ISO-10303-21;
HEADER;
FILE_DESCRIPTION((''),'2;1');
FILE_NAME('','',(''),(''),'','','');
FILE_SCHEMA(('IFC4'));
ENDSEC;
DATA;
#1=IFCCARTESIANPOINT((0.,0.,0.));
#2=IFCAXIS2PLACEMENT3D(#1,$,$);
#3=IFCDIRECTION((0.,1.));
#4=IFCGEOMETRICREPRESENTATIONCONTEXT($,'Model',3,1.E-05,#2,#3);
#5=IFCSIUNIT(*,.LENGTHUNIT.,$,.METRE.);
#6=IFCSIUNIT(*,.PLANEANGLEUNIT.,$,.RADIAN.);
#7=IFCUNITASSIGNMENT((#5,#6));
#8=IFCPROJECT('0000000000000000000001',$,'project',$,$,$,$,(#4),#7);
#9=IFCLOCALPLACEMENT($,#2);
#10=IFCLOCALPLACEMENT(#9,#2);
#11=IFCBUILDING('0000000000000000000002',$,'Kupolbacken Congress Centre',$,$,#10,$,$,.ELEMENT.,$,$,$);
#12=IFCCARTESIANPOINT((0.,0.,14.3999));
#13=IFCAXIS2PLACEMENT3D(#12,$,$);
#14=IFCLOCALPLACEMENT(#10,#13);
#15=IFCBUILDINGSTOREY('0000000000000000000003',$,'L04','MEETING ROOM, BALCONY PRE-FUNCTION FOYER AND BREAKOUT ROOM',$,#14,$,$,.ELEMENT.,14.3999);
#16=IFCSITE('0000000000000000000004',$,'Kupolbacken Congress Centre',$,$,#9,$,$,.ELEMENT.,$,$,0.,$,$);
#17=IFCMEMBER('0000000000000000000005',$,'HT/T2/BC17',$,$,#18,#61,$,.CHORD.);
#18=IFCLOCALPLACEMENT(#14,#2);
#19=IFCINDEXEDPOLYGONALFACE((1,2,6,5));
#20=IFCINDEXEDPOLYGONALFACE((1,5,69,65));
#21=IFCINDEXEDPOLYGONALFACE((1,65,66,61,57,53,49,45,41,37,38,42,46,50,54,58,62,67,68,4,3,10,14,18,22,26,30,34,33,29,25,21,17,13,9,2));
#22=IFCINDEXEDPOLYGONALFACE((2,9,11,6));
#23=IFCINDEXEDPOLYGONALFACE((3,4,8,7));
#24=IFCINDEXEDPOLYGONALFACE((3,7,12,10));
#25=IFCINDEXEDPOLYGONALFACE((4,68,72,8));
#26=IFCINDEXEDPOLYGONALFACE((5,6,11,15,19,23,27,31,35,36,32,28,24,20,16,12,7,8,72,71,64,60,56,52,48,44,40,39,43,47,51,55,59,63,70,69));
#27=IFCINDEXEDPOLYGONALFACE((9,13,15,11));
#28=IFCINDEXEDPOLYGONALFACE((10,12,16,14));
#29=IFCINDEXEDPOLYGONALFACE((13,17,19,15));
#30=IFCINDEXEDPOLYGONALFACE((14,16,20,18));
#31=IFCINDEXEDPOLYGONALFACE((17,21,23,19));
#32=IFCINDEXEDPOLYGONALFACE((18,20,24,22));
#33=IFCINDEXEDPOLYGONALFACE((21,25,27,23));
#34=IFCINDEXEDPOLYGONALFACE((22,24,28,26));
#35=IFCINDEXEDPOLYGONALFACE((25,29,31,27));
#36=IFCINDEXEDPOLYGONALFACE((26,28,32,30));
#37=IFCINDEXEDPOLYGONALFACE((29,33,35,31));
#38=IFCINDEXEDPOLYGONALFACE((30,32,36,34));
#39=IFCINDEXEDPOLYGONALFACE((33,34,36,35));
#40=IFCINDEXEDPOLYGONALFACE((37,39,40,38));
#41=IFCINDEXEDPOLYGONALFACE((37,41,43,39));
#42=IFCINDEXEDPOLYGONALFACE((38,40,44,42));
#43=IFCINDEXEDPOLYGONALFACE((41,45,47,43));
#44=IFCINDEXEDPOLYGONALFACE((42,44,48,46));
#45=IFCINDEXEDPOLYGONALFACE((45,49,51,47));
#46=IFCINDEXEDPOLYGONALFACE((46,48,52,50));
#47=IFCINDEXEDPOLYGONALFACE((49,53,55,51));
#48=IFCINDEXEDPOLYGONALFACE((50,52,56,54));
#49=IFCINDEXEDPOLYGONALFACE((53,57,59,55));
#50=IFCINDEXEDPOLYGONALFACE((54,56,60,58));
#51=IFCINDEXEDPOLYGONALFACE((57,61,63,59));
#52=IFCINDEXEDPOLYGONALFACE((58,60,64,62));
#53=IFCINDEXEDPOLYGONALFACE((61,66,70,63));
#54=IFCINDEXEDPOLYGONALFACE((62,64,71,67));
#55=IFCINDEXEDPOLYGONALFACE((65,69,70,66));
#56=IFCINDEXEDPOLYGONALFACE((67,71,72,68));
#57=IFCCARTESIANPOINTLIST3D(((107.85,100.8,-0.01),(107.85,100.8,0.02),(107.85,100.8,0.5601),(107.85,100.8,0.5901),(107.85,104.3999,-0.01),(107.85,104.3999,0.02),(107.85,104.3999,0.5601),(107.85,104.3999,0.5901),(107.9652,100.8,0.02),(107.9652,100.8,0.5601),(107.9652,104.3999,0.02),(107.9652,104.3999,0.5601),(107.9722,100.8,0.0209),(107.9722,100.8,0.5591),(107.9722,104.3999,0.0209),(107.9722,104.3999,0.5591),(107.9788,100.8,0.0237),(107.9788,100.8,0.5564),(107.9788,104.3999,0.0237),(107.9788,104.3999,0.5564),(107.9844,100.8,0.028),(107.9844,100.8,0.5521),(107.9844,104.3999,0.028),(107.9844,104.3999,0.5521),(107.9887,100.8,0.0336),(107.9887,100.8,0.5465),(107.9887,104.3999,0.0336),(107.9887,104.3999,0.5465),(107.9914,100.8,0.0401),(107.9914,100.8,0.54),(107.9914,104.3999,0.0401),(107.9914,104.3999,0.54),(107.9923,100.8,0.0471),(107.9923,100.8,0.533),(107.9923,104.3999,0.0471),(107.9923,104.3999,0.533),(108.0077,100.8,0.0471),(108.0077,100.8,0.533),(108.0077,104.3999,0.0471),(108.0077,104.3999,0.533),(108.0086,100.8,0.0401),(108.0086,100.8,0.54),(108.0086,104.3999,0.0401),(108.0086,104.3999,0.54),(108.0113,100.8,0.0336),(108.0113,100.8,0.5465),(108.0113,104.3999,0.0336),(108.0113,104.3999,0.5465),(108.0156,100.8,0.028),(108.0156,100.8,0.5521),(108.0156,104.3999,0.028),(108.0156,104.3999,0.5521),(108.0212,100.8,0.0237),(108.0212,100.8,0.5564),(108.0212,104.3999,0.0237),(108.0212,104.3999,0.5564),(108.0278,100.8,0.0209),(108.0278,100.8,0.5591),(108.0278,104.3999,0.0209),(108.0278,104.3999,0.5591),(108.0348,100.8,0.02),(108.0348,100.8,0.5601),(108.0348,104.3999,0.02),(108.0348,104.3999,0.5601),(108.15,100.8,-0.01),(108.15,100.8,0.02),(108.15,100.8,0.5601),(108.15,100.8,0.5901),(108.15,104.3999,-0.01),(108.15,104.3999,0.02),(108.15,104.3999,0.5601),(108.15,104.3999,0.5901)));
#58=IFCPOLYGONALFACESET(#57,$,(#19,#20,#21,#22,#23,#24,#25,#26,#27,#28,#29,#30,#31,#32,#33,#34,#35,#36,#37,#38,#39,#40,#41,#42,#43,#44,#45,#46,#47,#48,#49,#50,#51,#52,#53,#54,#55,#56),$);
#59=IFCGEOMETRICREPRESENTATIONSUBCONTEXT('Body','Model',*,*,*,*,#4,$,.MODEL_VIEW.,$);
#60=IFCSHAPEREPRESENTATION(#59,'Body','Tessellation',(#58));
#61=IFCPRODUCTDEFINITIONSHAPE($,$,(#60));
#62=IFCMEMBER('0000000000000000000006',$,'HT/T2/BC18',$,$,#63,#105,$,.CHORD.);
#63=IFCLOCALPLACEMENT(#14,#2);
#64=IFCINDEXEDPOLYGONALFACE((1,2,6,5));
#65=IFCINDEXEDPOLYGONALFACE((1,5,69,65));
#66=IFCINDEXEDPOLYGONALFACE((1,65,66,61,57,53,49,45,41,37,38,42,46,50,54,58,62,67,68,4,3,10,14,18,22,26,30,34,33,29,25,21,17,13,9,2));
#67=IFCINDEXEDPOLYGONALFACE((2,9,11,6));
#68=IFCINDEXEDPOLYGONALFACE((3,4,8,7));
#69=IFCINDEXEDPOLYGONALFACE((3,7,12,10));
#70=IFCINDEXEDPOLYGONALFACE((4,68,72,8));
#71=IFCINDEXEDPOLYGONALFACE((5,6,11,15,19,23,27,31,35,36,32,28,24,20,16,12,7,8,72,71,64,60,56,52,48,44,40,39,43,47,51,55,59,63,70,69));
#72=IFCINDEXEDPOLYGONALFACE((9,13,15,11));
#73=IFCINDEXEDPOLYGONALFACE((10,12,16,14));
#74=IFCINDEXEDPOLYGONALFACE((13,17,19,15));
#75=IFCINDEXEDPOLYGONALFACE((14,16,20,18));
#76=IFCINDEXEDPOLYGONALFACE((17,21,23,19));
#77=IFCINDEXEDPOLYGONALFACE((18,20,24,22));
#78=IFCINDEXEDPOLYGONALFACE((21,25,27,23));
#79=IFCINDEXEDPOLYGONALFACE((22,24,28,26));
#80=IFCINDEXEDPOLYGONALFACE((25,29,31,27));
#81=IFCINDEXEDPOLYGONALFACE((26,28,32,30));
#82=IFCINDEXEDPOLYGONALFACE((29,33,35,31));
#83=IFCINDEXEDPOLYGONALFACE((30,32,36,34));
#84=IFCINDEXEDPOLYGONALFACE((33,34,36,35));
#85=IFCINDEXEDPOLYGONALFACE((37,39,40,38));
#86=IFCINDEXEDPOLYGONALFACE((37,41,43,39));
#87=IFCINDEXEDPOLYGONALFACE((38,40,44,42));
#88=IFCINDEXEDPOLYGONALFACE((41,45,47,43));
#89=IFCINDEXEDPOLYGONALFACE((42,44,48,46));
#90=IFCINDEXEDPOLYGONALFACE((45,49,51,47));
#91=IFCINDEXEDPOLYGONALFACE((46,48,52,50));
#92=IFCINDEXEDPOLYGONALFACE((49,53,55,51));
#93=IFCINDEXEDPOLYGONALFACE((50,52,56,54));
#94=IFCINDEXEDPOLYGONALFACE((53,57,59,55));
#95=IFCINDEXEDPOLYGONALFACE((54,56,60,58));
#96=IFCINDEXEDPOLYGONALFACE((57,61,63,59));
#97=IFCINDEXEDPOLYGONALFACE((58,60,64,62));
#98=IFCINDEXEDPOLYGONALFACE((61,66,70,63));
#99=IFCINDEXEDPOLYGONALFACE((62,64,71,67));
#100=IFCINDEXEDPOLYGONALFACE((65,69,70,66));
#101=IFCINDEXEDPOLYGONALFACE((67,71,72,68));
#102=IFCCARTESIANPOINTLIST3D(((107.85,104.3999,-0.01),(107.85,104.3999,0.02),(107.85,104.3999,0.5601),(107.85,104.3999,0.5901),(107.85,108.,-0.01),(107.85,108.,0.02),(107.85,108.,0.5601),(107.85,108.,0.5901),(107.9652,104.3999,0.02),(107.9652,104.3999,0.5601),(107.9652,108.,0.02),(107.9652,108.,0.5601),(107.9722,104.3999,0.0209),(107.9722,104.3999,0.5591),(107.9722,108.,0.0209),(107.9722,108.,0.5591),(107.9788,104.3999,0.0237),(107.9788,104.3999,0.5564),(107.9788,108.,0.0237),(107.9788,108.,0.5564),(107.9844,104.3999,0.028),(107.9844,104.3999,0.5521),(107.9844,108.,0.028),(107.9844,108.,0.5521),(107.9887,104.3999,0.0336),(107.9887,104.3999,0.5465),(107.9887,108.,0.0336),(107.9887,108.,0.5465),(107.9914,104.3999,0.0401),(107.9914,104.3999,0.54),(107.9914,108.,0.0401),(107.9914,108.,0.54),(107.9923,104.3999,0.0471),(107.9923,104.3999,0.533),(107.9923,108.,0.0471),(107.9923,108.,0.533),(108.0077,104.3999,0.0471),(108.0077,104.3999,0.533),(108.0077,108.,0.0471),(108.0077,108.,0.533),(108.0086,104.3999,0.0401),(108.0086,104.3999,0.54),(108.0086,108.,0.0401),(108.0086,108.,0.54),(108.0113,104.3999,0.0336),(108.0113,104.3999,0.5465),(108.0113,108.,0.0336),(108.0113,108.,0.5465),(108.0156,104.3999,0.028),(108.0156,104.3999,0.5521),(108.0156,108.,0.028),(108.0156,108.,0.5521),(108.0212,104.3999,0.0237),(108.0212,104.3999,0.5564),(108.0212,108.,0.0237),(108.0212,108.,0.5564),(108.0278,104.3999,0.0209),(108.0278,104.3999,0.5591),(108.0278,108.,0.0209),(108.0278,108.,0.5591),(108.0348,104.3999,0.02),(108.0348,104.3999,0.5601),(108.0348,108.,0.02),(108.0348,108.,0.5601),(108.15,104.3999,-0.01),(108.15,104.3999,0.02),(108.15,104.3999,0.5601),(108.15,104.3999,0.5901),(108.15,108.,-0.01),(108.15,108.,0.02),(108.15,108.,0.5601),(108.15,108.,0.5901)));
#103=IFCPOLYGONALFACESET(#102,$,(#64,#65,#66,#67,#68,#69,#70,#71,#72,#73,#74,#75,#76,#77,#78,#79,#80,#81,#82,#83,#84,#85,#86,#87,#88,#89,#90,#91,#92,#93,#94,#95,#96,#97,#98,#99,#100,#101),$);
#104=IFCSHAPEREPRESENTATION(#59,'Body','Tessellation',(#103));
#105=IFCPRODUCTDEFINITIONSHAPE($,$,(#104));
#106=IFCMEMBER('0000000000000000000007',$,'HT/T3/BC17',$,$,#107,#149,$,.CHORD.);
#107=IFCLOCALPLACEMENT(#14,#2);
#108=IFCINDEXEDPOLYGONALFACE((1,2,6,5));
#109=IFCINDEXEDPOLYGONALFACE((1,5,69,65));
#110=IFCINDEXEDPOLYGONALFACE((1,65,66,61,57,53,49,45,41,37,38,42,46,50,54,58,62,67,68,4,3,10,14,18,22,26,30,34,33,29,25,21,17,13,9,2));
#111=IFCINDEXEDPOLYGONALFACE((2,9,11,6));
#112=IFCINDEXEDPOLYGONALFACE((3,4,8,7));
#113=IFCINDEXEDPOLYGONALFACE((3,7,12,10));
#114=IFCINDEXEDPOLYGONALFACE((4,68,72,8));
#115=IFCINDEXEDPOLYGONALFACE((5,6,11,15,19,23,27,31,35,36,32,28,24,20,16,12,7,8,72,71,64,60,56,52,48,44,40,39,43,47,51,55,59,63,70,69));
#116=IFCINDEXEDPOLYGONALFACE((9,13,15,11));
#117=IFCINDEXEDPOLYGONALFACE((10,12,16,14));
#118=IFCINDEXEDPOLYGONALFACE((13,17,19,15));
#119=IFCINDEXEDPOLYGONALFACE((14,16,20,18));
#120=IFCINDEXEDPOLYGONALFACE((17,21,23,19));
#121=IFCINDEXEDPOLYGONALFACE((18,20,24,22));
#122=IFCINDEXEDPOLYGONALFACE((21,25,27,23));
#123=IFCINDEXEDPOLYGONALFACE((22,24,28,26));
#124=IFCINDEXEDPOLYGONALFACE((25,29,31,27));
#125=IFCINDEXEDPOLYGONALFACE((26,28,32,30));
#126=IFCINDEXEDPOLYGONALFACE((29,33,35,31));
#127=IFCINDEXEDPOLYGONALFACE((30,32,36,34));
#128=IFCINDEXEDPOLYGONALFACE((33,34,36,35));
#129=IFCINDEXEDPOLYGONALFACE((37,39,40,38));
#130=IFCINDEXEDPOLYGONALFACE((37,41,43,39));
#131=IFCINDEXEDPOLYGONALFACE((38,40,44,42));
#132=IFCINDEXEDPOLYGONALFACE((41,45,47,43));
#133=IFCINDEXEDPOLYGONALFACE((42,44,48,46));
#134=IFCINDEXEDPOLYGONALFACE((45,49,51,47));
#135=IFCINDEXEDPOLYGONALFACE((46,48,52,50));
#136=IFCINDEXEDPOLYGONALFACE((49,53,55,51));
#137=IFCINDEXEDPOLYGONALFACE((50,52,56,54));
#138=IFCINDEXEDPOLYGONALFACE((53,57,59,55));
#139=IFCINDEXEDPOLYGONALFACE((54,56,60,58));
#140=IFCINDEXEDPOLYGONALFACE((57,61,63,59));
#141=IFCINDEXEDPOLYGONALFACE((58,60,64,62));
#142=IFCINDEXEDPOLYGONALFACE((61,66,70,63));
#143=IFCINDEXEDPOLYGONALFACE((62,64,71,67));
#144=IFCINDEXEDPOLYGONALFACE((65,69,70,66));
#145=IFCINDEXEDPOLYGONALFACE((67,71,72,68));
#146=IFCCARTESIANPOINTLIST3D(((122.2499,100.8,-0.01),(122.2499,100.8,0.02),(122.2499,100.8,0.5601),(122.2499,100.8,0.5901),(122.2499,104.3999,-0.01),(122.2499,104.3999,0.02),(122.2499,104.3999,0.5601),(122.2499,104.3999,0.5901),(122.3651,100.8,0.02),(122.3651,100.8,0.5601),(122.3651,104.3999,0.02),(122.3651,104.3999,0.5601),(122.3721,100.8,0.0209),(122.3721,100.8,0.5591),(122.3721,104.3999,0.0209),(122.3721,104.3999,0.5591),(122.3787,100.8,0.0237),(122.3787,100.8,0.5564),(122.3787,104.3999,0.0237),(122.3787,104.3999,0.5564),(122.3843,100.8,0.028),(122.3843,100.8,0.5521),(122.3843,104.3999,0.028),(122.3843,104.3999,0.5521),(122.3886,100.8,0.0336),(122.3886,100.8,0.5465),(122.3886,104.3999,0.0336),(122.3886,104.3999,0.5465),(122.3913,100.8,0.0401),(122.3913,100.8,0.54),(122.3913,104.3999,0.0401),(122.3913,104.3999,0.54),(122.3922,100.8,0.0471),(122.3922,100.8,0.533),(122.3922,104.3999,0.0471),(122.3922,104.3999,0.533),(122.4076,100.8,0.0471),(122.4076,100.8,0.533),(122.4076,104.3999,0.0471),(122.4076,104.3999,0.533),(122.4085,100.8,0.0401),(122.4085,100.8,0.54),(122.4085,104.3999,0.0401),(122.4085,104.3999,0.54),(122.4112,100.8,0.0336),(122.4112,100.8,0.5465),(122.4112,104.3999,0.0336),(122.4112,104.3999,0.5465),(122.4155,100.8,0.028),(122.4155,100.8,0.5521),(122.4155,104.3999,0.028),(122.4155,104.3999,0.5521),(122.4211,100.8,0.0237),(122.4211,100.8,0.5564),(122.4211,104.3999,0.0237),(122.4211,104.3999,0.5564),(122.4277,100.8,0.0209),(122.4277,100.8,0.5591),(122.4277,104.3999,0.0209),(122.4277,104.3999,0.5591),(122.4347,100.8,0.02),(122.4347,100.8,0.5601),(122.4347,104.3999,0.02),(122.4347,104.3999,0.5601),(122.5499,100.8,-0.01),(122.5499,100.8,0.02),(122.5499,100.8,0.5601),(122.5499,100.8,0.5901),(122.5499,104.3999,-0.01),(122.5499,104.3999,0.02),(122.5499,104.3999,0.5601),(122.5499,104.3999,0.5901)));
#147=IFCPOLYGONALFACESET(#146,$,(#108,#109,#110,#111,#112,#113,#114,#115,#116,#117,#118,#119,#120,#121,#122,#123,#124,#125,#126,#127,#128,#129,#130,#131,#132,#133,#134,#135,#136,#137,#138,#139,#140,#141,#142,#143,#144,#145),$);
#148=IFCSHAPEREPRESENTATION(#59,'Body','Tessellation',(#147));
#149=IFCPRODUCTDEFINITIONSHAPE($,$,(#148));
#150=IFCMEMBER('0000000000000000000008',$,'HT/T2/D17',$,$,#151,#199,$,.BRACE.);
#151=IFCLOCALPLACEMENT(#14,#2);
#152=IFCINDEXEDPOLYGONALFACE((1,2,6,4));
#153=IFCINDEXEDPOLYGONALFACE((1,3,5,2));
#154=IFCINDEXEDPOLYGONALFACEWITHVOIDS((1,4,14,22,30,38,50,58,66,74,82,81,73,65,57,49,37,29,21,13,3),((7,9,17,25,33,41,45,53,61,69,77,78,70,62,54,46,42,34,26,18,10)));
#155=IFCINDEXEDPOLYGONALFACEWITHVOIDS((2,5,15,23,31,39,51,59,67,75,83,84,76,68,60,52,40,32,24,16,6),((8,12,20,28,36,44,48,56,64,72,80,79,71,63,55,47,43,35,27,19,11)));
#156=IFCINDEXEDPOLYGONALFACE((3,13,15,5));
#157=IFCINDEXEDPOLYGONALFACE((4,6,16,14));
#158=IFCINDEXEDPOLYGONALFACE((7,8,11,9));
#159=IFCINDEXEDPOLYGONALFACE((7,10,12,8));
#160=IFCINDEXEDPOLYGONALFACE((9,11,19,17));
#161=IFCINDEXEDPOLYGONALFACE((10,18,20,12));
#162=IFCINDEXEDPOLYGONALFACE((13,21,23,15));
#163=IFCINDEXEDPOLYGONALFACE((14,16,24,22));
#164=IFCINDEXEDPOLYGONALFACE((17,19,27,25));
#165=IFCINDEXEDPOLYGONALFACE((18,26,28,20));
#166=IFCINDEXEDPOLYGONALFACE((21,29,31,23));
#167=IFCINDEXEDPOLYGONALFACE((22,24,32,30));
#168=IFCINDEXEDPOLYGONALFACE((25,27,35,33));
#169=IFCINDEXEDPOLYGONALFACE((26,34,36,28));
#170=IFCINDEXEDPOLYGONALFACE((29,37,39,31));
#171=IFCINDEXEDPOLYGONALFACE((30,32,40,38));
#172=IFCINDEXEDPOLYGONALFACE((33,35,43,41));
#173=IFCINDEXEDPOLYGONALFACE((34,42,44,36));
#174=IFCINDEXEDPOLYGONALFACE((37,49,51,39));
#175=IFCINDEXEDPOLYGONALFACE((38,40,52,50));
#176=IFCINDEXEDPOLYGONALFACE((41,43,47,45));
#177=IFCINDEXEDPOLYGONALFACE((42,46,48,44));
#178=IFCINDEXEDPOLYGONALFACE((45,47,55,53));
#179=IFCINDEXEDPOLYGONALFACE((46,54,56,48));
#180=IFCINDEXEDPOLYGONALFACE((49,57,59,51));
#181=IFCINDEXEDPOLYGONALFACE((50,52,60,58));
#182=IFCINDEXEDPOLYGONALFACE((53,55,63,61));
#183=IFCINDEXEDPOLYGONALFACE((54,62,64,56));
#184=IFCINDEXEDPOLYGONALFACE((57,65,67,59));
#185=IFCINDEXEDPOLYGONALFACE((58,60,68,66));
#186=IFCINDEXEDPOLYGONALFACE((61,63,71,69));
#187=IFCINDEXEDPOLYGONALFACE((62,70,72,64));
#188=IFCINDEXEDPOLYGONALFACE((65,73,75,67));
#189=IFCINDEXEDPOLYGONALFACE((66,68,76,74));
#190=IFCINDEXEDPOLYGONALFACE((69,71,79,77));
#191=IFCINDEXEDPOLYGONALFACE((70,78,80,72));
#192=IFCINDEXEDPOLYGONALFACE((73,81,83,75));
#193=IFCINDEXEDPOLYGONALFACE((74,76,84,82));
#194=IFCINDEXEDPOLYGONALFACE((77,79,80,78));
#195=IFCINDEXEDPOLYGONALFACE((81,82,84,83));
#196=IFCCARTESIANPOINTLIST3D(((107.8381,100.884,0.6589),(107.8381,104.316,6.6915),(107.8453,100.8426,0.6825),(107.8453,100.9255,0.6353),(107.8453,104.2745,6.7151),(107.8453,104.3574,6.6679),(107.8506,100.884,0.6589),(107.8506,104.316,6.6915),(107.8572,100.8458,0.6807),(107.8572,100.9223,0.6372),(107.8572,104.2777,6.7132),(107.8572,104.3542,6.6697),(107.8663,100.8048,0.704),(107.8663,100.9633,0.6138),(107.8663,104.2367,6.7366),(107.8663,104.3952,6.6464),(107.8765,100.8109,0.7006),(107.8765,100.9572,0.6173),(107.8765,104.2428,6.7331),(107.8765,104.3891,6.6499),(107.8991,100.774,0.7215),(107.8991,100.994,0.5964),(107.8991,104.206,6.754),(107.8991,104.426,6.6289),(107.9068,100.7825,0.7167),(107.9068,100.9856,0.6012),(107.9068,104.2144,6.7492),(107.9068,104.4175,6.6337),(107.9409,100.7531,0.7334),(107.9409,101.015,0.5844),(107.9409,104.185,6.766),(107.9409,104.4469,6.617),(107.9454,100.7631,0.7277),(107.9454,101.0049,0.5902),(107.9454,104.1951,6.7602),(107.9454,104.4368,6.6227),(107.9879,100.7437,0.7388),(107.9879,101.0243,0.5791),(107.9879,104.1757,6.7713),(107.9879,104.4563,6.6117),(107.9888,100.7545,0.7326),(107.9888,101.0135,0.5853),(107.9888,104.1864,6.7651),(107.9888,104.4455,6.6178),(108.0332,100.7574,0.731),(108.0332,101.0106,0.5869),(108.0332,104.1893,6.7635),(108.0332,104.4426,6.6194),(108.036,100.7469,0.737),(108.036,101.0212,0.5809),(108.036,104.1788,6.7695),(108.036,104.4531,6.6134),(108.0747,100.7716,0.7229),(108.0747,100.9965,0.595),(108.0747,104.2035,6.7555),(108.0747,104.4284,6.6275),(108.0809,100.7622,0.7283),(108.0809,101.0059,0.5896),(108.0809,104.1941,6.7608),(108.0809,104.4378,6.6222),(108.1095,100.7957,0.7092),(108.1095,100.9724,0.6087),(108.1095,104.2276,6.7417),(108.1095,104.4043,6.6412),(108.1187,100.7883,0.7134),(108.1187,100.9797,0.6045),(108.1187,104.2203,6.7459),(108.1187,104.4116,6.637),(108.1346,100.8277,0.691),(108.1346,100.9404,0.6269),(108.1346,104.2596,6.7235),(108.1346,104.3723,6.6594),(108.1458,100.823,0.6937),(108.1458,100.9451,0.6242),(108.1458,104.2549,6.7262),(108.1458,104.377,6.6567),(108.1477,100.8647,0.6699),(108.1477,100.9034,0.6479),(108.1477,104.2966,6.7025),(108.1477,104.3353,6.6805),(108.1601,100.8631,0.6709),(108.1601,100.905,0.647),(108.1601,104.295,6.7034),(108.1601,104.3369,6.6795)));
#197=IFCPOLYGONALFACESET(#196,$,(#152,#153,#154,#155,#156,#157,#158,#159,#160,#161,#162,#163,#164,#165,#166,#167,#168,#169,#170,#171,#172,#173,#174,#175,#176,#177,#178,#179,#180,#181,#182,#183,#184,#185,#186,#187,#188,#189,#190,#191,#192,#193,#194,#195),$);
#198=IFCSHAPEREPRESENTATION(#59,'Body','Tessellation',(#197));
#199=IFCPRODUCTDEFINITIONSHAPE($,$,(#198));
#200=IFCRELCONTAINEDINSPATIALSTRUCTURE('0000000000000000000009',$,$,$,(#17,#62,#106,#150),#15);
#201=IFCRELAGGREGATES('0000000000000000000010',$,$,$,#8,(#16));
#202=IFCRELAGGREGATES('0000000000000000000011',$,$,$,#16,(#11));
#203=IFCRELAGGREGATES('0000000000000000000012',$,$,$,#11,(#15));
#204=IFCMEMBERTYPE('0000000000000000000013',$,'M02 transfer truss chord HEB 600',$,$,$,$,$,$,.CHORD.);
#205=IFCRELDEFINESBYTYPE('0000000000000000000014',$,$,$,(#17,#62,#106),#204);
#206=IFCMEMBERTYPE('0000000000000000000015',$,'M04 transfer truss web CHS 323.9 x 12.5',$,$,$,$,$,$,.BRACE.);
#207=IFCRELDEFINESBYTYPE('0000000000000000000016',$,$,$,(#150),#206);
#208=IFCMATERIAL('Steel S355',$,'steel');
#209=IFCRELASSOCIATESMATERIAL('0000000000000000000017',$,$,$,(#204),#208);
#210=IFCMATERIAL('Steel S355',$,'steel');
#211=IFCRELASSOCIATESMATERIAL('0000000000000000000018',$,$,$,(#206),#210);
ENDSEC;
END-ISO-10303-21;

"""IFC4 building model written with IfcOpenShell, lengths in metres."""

from ifc_helpers import new_model, si_unit, direction, frame, origin, origin_2d, place, context, subcontext, project, spatial, hollow_circle, i_section, extrude, material, material_profile, profile_set, type_object, element, save


model = new_model("IFC4")

# Units and contexts
model_context = context("Model", 3, precision=1e-05, world=origin(), true_north=direction((0.0, 1.0)))
body_context = subcontext(model_context, "Body", "Model", "MODEL_VIEW")
ifc_project = project(units=[si_unit("LENGTHUNIT", "METRE"), si_unit("PLANEANGLEUNIT", "RADIAN")], contexts=[model_context])

# Site, building, storey
site_placement = place(None, origin())
site = spatial("IfcSite", under=ifc_project, at=site_placement, Name="Kupolbacken Congress Centre", CompositionType="ELEMENT", RefElevation=0.0)
building_placement = place(site_placement, origin())
building = spatial("IfcBuilding", under=site, at=building_placement, Name="Kupolbacken Congress Centre", CompositionType="ELEMENT")
storey_placement = place(building_placement, frame((0.0, 0.0, 14.3999)))
storey = spatial("IfcBuildingStorey", under=building, at=storey_placement, Name="L04", Description="MEETING ROOM, BALCONY PRE-FUNCTION FOYER AND BREAKOUT ROOM", CompositionType="ELEMENT", Elevation=14.3999)

# Members
ifc_material_1 = material(Name="Steel S355", Category="steel")
ifc_material_profile_1 = material_profile(ifc_material_1, i_section(OverallWidth=0.3, OverallDepth=0.6001, WebThickness=0.0154, FlangeThickness=0.03, FilletRadius=0.0271, at=origin_2d()), Name="HEB 600")
ifc_profile_set_1 = profile_set([ifc_material_profile_1], Name="Steel S355")
member_type_1 = type_object("IfcMemberType", Name="M02 transfer truss chord HEB 600", PredefinedType="CHORD", material=ifc_profile_set_1)
member_1_placement = place(storey_placement, frame((108.0, 100.8, 0.29), z_axis=(0.0, 1.0, 0.0), x_axis=(-1.0, 0.0, 0.0)))
element("IfcMember", 1, at=member_1_placement, inside=storey, type_object=member_type_1, Name="HT/T2/BC17", PredefinedType="CHORD", context=body_context, shape_type="SweptSolid", body=[
    extrude(i_section(OverallWidth=0.3, OverallDepth=0.6001, WebThickness=0.0154, FlangeThickness=0.03, FilletRadius=0.0271, at=origin_2d()), origin(), (0.0, 0.0, 1.0), 3.5999),
])
member_2_placement = place(storey_placement, frame((108.0, 104.3999, 0.29), z_axis=(0.0, 1.0, 0.0), x_axis=(-1.0, 0.0, 0.0)))
element("IfcMember", 2, at=member_2_placement, inside=storey, type_object=member_type_1, Name="HT/T2/BC18", PredefinedType="CHORD", context=body_context, shape_type="SweptSolid", body=[
    extrude(i_section(OverallWidth=0.3, OverallDepth=0.6001, WebThickness=0.0154, FlangeThickness=0.03, FilletRadius=0.0271, at=origin_2d()), origin(), (0.0, 0.0, 1.0), 3.6001),
])
member_3_placement = place(storey_placement, frame((122.3999, 100.8, 0.29), z_axis=(0.0, 1.0, 0.0), x_axis=(-1.0, 0.0, 0.0)))
element("IfcMember", 3, at=member_3_placement, inside=storey, type_object=member_type_1, Name="HT/T3/BC17", PredefinedType="CHORD", context=body_context, shape_type="SweptSolid", body=[
    extrude(i_section(OverallWidth=0.3, OverallDepth=0.6001, WebThickness=0.0154, FlangeThickness=0.03, FilletRadius=0.0271, at=origin_2d()), origin(), (0.0, 0.0, 1.0), 3.5999),
])
ifc_material_2 = material(Name="Steel S355", Category="steel")
ifc_material_profile_2 = material_profile(ifc_material_2, hollow_circle(Radius=0.1619, WallThickness=0.0125, at=origin_2d()), Name="CHS 323.9 x 12.5")
ifc_profile_set_2 = profile_set([ifc_material_profile_2], Name="Steel S355")
member_type_2 = type_object("IfcMemberType", Name="M04 transfer truss web CHS 323.9 x 12.5", PredefinedType="BRACE", material=ifc_profile_set_2)
member_4_placement = place(storey_placement, frame((108.0, 100.884, 0.6589), z_axis=(0.0, 0.494483, 0.869188), x_axis=(-1.0, 0.0, 0.0)))
element("IfcMember", 4, at=member_4_placement, inside=storey, type_object=member_type_2, Name="HT/T2/D17", PredefinedType="BRACE", context=body_context, shape_type="SweptSolid", body=[
    extrude(hollow_circle(Radius=0.1619, WallThickness=0.0125, at=origin_2d()), origin(), (0.0, 0.0, 1.0), 6.9404),
])

save(model, "model.ifc")
